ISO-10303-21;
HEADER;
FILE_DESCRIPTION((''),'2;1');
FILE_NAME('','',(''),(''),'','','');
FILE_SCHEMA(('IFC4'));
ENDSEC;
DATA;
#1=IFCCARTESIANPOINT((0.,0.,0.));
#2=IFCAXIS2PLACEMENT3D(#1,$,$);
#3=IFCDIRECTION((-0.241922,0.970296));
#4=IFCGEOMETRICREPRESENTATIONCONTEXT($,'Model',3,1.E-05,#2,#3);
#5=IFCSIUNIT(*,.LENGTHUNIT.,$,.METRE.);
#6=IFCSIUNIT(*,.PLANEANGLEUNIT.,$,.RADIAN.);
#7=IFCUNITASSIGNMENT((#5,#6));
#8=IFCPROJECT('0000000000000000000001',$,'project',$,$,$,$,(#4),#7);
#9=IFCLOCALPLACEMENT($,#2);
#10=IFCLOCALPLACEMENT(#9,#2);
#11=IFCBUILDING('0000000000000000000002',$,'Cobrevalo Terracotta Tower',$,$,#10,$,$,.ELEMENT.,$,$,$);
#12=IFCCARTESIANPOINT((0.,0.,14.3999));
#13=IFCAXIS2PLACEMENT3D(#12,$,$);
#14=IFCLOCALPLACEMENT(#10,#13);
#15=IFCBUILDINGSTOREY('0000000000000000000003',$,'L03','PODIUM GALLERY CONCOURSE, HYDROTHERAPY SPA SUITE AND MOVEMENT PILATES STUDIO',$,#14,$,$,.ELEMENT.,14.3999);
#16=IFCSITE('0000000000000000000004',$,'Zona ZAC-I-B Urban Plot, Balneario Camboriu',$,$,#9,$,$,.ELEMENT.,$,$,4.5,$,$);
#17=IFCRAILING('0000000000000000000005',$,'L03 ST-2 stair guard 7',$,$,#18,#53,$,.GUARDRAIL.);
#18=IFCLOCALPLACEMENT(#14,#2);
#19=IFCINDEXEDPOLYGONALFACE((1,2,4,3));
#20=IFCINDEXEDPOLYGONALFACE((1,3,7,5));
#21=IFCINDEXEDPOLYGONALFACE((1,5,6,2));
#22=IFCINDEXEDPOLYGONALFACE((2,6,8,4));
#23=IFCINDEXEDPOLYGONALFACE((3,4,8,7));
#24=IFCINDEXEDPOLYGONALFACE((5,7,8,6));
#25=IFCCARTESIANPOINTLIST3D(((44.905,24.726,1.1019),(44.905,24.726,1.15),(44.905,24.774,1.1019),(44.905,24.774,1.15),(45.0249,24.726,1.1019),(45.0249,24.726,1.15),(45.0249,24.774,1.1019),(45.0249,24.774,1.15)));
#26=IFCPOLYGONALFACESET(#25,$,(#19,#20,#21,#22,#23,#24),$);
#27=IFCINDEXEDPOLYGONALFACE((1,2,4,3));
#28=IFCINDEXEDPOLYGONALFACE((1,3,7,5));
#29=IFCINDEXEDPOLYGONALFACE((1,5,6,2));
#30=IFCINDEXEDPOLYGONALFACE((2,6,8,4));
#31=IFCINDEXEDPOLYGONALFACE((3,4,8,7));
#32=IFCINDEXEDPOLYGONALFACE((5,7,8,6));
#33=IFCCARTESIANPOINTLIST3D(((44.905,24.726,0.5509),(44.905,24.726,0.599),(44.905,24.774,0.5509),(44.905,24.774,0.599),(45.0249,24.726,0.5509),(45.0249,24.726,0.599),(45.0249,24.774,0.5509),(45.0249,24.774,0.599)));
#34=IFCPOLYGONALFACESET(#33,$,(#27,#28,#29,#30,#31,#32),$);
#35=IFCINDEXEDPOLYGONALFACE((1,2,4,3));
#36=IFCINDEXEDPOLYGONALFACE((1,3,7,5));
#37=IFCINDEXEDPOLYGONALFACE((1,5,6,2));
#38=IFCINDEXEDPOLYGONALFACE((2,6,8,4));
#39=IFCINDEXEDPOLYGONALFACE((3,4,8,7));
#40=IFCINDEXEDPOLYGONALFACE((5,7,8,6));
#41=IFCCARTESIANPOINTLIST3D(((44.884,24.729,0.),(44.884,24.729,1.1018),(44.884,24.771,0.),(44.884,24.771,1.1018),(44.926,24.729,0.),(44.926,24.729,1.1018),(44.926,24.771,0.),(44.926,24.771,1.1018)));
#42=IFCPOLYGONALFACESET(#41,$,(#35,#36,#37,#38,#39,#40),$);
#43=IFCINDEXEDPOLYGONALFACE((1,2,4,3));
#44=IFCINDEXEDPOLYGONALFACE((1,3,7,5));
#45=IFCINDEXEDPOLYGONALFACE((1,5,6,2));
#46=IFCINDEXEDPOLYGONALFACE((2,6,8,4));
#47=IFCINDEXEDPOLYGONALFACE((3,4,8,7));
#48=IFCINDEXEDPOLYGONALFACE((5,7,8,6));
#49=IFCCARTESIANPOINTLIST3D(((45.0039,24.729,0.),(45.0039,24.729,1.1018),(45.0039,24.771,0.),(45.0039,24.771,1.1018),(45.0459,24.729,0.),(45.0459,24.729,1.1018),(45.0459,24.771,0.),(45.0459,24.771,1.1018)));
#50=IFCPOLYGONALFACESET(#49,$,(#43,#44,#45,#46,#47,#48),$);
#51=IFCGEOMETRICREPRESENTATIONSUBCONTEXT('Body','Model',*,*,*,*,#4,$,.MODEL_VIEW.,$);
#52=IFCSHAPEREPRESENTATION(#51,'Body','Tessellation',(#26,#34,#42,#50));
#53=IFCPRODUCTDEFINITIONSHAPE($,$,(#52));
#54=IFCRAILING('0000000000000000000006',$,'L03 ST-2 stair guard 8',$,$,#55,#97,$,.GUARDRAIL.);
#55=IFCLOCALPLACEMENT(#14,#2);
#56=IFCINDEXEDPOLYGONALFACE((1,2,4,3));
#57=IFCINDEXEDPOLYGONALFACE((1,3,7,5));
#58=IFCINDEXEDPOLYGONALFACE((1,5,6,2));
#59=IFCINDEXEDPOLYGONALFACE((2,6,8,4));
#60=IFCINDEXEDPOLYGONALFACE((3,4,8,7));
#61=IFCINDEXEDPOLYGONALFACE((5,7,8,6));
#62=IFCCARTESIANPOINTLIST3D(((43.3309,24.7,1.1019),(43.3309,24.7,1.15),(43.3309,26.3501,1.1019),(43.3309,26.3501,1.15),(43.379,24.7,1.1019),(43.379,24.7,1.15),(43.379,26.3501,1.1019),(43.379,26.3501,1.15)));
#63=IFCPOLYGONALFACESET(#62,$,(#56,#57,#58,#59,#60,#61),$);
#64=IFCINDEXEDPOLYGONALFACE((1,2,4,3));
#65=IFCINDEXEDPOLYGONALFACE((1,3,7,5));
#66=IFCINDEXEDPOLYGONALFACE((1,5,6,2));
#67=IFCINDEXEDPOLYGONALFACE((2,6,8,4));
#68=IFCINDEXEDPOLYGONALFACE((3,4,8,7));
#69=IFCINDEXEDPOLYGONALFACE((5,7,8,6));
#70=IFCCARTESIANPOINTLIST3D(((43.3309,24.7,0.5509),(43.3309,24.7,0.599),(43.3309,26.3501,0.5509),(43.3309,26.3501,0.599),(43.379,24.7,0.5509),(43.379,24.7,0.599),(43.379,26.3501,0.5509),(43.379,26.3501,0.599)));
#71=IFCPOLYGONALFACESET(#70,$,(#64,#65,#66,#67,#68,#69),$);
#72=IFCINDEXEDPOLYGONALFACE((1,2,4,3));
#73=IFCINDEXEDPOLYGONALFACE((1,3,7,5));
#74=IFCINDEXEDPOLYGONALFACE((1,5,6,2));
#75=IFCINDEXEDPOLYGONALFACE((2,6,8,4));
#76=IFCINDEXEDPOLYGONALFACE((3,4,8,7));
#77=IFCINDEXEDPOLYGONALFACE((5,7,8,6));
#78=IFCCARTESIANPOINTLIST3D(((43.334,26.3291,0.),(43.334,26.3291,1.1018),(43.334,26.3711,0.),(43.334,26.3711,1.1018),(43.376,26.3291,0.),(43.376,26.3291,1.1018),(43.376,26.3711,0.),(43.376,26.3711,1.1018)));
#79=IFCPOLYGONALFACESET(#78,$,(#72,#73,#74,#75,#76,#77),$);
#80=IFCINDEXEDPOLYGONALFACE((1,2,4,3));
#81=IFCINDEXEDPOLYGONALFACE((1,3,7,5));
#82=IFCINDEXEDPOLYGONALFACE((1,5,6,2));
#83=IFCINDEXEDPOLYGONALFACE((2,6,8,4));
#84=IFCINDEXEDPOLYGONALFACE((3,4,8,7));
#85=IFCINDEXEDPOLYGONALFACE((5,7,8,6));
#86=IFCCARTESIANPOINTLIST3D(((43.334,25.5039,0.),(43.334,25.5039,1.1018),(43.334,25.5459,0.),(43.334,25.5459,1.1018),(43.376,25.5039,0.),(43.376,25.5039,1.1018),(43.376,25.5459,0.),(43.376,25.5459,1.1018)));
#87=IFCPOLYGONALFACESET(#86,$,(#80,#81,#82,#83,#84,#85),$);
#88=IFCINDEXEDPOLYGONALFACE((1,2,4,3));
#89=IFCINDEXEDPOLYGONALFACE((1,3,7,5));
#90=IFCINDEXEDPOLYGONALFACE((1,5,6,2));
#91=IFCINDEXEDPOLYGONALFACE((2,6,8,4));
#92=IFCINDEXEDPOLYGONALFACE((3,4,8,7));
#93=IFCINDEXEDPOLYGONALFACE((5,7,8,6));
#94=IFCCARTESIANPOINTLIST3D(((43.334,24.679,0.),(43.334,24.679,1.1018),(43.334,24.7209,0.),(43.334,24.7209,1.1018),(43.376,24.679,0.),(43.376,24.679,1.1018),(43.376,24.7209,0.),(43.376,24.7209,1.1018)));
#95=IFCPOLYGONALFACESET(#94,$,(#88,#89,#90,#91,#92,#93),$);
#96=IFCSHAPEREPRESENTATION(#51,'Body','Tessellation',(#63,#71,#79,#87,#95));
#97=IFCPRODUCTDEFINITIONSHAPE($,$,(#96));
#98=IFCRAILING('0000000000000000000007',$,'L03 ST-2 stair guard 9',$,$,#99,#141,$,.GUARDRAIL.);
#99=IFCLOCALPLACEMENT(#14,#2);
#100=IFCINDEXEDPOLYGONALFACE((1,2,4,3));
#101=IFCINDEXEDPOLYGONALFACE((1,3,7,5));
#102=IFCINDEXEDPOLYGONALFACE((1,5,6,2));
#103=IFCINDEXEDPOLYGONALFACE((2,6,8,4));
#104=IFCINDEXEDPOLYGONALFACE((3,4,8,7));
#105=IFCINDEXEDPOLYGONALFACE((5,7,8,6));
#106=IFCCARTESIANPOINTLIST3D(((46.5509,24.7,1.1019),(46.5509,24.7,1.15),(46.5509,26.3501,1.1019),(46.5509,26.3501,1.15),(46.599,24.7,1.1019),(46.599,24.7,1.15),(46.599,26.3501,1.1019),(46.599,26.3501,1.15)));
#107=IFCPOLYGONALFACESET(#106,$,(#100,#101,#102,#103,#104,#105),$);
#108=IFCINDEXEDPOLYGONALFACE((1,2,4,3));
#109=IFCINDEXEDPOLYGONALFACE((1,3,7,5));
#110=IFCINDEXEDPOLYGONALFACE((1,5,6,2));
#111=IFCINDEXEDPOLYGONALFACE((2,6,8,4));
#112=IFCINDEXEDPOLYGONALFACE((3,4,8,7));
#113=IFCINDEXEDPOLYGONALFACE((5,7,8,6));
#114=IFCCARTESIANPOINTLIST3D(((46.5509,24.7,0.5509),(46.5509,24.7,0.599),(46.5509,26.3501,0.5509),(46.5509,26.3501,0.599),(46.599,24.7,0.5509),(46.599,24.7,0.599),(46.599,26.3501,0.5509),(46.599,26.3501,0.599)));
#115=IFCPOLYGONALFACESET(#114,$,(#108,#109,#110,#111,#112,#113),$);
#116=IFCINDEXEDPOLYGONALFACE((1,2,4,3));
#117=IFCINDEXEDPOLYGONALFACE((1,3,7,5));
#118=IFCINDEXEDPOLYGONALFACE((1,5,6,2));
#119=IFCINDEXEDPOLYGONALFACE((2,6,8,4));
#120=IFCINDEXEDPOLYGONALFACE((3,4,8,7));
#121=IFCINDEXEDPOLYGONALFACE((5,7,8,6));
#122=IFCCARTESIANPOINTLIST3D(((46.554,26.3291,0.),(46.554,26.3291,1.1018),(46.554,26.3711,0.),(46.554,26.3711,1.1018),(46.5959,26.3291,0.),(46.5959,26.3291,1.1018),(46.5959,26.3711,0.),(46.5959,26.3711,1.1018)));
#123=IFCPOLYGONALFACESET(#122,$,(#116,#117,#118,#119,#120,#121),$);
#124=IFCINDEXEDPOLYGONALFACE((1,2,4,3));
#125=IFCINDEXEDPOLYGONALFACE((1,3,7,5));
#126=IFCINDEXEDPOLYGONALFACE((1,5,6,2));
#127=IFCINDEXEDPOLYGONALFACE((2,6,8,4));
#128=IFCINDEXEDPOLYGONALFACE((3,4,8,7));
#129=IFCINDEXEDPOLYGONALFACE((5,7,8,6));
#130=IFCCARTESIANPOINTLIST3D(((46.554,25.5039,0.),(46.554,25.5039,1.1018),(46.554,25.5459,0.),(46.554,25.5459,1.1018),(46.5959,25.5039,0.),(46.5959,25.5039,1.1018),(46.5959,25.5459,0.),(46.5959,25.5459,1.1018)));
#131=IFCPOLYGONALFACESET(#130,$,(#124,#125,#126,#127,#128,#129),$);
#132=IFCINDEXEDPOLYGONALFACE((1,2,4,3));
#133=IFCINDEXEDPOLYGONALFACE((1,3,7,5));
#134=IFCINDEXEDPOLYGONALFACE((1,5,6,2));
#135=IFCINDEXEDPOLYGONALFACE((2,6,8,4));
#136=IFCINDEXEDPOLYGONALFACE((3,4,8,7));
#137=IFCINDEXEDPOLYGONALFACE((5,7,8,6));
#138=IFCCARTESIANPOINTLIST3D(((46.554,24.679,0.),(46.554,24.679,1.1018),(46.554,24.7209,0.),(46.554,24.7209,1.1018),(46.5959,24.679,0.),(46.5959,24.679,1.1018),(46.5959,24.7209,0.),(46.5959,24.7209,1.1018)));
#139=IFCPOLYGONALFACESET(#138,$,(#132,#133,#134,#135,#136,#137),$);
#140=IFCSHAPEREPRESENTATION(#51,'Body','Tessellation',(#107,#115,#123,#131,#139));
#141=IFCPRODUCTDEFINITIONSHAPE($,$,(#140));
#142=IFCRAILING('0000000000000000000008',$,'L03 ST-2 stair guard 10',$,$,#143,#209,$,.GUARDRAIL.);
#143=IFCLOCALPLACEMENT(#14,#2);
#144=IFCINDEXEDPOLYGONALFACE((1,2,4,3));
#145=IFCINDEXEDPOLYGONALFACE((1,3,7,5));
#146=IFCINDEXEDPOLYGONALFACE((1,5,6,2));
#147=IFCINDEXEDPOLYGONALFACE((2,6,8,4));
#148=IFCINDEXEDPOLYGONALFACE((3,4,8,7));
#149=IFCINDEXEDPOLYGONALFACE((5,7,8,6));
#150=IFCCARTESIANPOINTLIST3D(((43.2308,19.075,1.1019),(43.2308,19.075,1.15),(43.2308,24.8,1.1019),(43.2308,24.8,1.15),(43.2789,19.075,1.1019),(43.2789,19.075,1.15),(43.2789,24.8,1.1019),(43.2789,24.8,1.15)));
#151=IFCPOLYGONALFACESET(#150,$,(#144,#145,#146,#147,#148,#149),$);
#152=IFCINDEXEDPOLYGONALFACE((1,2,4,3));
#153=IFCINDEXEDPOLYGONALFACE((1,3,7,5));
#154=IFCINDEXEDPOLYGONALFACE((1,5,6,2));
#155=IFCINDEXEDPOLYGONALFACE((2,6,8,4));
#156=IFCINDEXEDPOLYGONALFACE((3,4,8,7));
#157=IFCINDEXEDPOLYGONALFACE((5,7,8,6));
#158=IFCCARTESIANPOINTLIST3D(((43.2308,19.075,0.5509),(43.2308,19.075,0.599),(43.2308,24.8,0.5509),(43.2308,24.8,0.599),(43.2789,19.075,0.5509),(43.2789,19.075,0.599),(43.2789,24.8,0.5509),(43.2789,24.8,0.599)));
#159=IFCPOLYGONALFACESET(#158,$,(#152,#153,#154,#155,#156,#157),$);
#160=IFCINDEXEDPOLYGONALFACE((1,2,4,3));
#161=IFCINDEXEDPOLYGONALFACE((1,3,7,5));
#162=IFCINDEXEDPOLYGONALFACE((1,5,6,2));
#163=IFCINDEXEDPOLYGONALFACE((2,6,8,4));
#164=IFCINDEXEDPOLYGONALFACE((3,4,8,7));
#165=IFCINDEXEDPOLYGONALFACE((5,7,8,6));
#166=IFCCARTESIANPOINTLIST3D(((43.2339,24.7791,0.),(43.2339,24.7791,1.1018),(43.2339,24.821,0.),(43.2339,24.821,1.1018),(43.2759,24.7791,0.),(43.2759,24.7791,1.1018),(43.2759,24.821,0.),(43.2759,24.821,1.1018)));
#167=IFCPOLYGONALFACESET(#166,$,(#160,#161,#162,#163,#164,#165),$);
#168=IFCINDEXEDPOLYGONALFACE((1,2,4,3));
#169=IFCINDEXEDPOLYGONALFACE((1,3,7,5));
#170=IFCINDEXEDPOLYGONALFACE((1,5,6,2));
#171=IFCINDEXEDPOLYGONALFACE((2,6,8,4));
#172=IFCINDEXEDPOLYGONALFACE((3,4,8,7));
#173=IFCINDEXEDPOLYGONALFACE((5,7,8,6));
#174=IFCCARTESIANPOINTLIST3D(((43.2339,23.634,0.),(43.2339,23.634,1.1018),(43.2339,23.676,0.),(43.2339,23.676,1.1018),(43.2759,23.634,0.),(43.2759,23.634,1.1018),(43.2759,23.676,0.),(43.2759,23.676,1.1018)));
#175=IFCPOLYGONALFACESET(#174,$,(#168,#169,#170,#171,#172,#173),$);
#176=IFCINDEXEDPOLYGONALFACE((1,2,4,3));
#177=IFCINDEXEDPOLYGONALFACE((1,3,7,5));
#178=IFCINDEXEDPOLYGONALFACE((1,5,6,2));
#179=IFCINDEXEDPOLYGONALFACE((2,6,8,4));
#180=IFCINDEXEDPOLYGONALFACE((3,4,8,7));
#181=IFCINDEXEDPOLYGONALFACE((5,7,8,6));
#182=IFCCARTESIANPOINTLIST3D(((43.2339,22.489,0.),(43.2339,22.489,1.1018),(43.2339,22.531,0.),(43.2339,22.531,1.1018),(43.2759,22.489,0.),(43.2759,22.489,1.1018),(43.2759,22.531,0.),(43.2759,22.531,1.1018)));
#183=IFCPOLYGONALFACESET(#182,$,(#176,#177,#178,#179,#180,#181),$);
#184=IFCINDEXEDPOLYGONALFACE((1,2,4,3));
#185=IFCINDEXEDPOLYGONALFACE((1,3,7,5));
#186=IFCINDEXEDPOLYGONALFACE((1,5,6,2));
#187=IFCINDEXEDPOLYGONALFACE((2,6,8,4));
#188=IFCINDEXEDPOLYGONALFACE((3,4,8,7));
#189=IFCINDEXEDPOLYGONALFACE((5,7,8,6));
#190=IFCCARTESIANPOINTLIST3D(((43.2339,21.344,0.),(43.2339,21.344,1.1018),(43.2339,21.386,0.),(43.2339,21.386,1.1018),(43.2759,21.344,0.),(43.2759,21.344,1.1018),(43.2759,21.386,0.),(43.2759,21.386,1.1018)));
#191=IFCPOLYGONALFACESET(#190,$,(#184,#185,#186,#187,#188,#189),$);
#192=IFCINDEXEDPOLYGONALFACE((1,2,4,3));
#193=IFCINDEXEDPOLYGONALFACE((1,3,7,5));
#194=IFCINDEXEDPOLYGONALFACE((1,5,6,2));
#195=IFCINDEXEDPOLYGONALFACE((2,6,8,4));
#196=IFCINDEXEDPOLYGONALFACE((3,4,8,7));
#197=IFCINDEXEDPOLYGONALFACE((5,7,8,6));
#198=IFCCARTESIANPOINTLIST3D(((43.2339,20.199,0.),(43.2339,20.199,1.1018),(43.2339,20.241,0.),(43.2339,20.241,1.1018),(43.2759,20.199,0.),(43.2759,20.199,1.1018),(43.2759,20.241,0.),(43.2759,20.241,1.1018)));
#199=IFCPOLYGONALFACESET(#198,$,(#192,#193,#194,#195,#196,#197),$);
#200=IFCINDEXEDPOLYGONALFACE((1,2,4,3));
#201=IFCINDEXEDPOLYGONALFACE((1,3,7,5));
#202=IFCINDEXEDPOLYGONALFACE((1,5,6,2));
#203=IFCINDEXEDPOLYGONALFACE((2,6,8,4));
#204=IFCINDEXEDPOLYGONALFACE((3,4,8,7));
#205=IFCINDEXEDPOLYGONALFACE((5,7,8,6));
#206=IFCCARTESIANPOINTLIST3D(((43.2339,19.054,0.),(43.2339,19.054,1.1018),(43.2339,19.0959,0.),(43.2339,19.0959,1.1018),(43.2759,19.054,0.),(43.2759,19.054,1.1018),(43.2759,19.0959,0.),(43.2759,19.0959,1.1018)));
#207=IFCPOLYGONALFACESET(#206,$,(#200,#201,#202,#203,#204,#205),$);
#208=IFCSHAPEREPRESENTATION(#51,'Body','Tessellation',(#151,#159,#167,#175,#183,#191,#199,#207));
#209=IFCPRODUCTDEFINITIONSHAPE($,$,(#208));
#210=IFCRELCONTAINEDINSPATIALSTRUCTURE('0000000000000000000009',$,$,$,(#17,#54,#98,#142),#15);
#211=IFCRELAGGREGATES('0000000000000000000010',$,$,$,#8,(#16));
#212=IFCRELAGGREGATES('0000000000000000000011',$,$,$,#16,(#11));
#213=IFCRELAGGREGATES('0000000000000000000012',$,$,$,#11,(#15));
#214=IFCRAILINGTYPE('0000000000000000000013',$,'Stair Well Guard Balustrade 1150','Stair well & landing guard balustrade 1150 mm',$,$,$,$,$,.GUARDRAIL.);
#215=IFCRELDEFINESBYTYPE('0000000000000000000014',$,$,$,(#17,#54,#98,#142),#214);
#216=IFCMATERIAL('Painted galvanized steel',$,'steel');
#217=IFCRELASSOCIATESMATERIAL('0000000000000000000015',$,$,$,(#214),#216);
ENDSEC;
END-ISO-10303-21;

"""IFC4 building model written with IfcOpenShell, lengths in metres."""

from ifc_helpers import new_model, si_unit, direction, frame, origin, origin_2d, place, context, subcontext, project, spatial, rectangle, extrude, material, type_object, element, save


model = new_model("IFC4")

# Units and contexts
model_context = context("Model", 3, precision=1e-05, world=origin(), true_north=direction((-0.241922, 0.970296)))
body_context = subcontext(model_context, "Body", "Model", "MODEL_VIEW")
ifc_project = project(units=[si_unit("LENGTHUNIT", "METRE"), si_unit("PLANEANGLEUNIT", "RADIAN")], contexts=[model_context])

# Site, building, storey
site_placement = place(None, origin())
site = spatial("IfcSite", under=ifc_project, at=site_placement, Name="Zona ZAC-I-B Urban Plot, Balneario Camboriu", CompositionType="ELEMENT", RefElevation=4.5)
building_placement = place(site_placement, origin())
building = spatial("IfcBuilding", under=site, at=building_placement, Name="Cobrevalo Terracotta Tower", CompositionType="ELEMENT")
storey_placement = place(building_placement, frame((0.0, 0.0, 14.3999)))
storey = spatial("IfcBuildingStorey", under=building, at=storey_placement, Name="L03", Description="PODIUM GALLERY CONCOURSE, HYDROTHERAPY SPA SUITE AND MOVEMENT PILATES STUDIO", CompositionType="ELEMENT", Elevation=14.3999)

# Railings
ifc_material_1 = material(Name="Painted galvanized steel", Category="steel")
railing_type = type_object("IfcRailingType", Name="Stair Well Guard Balustrade 1150", Description="Stair well & landing guard balustrade 1150 mm", PredefinedType="GUARDRAIL", material=ifc_material_1)
railing_1_placement = place(storey_placement, frame((44.905, 24.75, 0.0)))
element("IfcRailing", 1, at=railing_1_placement, inside=storey, type_object=railing_type, Name="L03 ST-2 stair guard 7", PredefinedType="GUARDRAIL", context=body_context, shape_type="SweptSolid", body=[
    extrude(rectangle(XDim=0.0481, YDim=0.0481, at=origin_2d()), frame((0.0, 0.0, 1.126), z_axis=(1.0, 0.0, 0.0), x_axis=(0.0, 1.0, 0.0)), (0.0, 0.0, 1.0), 0.1199),
    extrude(rectangle(XDim=0.0481, YDim=0.0481, at=origin_2d()), frame((0.0, 0.0, 0.575), z_axis=(1.0, 0.0, 0.0), x_axis=(0.0, 1.0, 0.0)), (0.0, 0.0, 1.0), 0.1199),
    extrude(rectangle(XDim=0.042, YDim=0.042, at=origin_2d()), origin(), (0.0, 0.0, 1.0), 1.1018),
    extrude(rectangle(XDim=0.042, YDim=0.042, at=origin_2d()), frame((0.1199, 0.0, 0.0)), (0.0, 0.0, 1.0), 1.1018),
])
for number, where, name in (
    (2, (43.355, 26.3501, 0.0), "L03 ST-2 stair guard 8"),
    (3, (46.575, 26.3501, 0.0), "L03 ST-2 stair guard 9"),
):
    element("IfcRailing", number, at=place(storey_placement, frame(where)), inside=storey, type_object=railing_type, Name=name, PredefinedType="GUARDRAIL", context=body_context, shape_type="SweptSolid", body=[
        extrude(rectangle(XDim=0.0481, YDim=0.0481, at=origin_2d()), frame((0.0, 0.0, 1.126), z_axis=(0.0, -1.0, 0.0), x_axis=(1.0, 0.0, 0.0)), (0.0, 0.0, 1.0), 1.6501),
        extrude(rectangle(XDim=0.0481, YDim=0.0481, at=origin_2d()), frame((0.0, 0.0, 0.575), z_axis=(0.0, -1.0, 0.0), x_axis=(1.0, 0.0, 0.0)), (0.0, 0.0, 1.0), 1.6501),
        extrude(rectangle(XDim=0.042, YDim=0.042, at=origin_2d()), origin(), (0.0, 0.0, 1.0), 1.1018),
        extrude(rectangle(XDim=0.042, YDim=0.042, at=origin_2d()), frame((0.0, -0.8252, 0.0)), (0.0, 0.0, 1.0), 1.1018),
        extrude(rectangle(XDim=0.042, YDim=0.042, at=origin_2d()), frame((0.0, -1.6501, 0.0)), (0.0, 0.0, 1.0), 1.1018),
    ])
for number, where, name in (
    (4, (43.2549, 24.8, 0.0), "L03 ST-2 stair guard 10"),
):
    element("IfcRailing", number, at=place(storey_placement, frame(where)), inside=storey, type_object=railing_type, Name=name, PredefinedType="GUARDRAIL", context=body_context, shape_type="SweptSolid", body=[
        extrude(rectangle(XDim=0.0481, YDim=0.0481, at=origin_2d()), frame((0.0, 0.0, 1.126), z_axis=(0.0, -1.0, 0.0), x_axis=(1.0, 0.0, 0.0)), (0.0, 0.0, 1.0), 5.7251),
        extrude(rectangle(XDim=0.0481, YDim=0.0481, at=origin_2d()), frame((0.0, 0.0, 0.575), z_axis=(0.0, -1.0, 0.0), x_axis=(1.0, 0.0, 0.0)), (0.0, 0.0, 1.0), 5.7251),
        extrude(rectangle(XDim=0.042, YDim=0.042, at=origin_2d()), origin(), (0.0, 0.0, 1.0), 1.1018),
        extrude(rectangle(XDim=0.042, YDim=0.042, at=origin_2d()), frame((0.0, -1.145, 0.0)), (0.0, 0.0, 1.0), 1.1018),
        extrude(rectangle(XDim=0.042, YDim=0.042, at=origin_2d()), frame((0.0, -2.29, 0.0)), (0.0, 0.0, 1.0), 1.1018),
        extrude(rectangle(XDim=0.042, YDim=0.042, at=origin_2d()), frame((0.0, -3.4351, 0.0)), (0.0, 0.0, 1.0), 1.1018),
        extrude(rectangle(XDim=0.042, YDim=0.042, at=origin_2d()), frame((0.0, -4.5801, 0.0)), (0.0, 0.0, 1.0), 1.1018),
        extrude(rectangle(XDim=0.042, YDim=0.042, at=origin_2d()), frame((0.0, -5.7251, 0.0)), (0.0, 0.0, 1.0), 1.1018),
    ])

save(model, "model.ifc")
